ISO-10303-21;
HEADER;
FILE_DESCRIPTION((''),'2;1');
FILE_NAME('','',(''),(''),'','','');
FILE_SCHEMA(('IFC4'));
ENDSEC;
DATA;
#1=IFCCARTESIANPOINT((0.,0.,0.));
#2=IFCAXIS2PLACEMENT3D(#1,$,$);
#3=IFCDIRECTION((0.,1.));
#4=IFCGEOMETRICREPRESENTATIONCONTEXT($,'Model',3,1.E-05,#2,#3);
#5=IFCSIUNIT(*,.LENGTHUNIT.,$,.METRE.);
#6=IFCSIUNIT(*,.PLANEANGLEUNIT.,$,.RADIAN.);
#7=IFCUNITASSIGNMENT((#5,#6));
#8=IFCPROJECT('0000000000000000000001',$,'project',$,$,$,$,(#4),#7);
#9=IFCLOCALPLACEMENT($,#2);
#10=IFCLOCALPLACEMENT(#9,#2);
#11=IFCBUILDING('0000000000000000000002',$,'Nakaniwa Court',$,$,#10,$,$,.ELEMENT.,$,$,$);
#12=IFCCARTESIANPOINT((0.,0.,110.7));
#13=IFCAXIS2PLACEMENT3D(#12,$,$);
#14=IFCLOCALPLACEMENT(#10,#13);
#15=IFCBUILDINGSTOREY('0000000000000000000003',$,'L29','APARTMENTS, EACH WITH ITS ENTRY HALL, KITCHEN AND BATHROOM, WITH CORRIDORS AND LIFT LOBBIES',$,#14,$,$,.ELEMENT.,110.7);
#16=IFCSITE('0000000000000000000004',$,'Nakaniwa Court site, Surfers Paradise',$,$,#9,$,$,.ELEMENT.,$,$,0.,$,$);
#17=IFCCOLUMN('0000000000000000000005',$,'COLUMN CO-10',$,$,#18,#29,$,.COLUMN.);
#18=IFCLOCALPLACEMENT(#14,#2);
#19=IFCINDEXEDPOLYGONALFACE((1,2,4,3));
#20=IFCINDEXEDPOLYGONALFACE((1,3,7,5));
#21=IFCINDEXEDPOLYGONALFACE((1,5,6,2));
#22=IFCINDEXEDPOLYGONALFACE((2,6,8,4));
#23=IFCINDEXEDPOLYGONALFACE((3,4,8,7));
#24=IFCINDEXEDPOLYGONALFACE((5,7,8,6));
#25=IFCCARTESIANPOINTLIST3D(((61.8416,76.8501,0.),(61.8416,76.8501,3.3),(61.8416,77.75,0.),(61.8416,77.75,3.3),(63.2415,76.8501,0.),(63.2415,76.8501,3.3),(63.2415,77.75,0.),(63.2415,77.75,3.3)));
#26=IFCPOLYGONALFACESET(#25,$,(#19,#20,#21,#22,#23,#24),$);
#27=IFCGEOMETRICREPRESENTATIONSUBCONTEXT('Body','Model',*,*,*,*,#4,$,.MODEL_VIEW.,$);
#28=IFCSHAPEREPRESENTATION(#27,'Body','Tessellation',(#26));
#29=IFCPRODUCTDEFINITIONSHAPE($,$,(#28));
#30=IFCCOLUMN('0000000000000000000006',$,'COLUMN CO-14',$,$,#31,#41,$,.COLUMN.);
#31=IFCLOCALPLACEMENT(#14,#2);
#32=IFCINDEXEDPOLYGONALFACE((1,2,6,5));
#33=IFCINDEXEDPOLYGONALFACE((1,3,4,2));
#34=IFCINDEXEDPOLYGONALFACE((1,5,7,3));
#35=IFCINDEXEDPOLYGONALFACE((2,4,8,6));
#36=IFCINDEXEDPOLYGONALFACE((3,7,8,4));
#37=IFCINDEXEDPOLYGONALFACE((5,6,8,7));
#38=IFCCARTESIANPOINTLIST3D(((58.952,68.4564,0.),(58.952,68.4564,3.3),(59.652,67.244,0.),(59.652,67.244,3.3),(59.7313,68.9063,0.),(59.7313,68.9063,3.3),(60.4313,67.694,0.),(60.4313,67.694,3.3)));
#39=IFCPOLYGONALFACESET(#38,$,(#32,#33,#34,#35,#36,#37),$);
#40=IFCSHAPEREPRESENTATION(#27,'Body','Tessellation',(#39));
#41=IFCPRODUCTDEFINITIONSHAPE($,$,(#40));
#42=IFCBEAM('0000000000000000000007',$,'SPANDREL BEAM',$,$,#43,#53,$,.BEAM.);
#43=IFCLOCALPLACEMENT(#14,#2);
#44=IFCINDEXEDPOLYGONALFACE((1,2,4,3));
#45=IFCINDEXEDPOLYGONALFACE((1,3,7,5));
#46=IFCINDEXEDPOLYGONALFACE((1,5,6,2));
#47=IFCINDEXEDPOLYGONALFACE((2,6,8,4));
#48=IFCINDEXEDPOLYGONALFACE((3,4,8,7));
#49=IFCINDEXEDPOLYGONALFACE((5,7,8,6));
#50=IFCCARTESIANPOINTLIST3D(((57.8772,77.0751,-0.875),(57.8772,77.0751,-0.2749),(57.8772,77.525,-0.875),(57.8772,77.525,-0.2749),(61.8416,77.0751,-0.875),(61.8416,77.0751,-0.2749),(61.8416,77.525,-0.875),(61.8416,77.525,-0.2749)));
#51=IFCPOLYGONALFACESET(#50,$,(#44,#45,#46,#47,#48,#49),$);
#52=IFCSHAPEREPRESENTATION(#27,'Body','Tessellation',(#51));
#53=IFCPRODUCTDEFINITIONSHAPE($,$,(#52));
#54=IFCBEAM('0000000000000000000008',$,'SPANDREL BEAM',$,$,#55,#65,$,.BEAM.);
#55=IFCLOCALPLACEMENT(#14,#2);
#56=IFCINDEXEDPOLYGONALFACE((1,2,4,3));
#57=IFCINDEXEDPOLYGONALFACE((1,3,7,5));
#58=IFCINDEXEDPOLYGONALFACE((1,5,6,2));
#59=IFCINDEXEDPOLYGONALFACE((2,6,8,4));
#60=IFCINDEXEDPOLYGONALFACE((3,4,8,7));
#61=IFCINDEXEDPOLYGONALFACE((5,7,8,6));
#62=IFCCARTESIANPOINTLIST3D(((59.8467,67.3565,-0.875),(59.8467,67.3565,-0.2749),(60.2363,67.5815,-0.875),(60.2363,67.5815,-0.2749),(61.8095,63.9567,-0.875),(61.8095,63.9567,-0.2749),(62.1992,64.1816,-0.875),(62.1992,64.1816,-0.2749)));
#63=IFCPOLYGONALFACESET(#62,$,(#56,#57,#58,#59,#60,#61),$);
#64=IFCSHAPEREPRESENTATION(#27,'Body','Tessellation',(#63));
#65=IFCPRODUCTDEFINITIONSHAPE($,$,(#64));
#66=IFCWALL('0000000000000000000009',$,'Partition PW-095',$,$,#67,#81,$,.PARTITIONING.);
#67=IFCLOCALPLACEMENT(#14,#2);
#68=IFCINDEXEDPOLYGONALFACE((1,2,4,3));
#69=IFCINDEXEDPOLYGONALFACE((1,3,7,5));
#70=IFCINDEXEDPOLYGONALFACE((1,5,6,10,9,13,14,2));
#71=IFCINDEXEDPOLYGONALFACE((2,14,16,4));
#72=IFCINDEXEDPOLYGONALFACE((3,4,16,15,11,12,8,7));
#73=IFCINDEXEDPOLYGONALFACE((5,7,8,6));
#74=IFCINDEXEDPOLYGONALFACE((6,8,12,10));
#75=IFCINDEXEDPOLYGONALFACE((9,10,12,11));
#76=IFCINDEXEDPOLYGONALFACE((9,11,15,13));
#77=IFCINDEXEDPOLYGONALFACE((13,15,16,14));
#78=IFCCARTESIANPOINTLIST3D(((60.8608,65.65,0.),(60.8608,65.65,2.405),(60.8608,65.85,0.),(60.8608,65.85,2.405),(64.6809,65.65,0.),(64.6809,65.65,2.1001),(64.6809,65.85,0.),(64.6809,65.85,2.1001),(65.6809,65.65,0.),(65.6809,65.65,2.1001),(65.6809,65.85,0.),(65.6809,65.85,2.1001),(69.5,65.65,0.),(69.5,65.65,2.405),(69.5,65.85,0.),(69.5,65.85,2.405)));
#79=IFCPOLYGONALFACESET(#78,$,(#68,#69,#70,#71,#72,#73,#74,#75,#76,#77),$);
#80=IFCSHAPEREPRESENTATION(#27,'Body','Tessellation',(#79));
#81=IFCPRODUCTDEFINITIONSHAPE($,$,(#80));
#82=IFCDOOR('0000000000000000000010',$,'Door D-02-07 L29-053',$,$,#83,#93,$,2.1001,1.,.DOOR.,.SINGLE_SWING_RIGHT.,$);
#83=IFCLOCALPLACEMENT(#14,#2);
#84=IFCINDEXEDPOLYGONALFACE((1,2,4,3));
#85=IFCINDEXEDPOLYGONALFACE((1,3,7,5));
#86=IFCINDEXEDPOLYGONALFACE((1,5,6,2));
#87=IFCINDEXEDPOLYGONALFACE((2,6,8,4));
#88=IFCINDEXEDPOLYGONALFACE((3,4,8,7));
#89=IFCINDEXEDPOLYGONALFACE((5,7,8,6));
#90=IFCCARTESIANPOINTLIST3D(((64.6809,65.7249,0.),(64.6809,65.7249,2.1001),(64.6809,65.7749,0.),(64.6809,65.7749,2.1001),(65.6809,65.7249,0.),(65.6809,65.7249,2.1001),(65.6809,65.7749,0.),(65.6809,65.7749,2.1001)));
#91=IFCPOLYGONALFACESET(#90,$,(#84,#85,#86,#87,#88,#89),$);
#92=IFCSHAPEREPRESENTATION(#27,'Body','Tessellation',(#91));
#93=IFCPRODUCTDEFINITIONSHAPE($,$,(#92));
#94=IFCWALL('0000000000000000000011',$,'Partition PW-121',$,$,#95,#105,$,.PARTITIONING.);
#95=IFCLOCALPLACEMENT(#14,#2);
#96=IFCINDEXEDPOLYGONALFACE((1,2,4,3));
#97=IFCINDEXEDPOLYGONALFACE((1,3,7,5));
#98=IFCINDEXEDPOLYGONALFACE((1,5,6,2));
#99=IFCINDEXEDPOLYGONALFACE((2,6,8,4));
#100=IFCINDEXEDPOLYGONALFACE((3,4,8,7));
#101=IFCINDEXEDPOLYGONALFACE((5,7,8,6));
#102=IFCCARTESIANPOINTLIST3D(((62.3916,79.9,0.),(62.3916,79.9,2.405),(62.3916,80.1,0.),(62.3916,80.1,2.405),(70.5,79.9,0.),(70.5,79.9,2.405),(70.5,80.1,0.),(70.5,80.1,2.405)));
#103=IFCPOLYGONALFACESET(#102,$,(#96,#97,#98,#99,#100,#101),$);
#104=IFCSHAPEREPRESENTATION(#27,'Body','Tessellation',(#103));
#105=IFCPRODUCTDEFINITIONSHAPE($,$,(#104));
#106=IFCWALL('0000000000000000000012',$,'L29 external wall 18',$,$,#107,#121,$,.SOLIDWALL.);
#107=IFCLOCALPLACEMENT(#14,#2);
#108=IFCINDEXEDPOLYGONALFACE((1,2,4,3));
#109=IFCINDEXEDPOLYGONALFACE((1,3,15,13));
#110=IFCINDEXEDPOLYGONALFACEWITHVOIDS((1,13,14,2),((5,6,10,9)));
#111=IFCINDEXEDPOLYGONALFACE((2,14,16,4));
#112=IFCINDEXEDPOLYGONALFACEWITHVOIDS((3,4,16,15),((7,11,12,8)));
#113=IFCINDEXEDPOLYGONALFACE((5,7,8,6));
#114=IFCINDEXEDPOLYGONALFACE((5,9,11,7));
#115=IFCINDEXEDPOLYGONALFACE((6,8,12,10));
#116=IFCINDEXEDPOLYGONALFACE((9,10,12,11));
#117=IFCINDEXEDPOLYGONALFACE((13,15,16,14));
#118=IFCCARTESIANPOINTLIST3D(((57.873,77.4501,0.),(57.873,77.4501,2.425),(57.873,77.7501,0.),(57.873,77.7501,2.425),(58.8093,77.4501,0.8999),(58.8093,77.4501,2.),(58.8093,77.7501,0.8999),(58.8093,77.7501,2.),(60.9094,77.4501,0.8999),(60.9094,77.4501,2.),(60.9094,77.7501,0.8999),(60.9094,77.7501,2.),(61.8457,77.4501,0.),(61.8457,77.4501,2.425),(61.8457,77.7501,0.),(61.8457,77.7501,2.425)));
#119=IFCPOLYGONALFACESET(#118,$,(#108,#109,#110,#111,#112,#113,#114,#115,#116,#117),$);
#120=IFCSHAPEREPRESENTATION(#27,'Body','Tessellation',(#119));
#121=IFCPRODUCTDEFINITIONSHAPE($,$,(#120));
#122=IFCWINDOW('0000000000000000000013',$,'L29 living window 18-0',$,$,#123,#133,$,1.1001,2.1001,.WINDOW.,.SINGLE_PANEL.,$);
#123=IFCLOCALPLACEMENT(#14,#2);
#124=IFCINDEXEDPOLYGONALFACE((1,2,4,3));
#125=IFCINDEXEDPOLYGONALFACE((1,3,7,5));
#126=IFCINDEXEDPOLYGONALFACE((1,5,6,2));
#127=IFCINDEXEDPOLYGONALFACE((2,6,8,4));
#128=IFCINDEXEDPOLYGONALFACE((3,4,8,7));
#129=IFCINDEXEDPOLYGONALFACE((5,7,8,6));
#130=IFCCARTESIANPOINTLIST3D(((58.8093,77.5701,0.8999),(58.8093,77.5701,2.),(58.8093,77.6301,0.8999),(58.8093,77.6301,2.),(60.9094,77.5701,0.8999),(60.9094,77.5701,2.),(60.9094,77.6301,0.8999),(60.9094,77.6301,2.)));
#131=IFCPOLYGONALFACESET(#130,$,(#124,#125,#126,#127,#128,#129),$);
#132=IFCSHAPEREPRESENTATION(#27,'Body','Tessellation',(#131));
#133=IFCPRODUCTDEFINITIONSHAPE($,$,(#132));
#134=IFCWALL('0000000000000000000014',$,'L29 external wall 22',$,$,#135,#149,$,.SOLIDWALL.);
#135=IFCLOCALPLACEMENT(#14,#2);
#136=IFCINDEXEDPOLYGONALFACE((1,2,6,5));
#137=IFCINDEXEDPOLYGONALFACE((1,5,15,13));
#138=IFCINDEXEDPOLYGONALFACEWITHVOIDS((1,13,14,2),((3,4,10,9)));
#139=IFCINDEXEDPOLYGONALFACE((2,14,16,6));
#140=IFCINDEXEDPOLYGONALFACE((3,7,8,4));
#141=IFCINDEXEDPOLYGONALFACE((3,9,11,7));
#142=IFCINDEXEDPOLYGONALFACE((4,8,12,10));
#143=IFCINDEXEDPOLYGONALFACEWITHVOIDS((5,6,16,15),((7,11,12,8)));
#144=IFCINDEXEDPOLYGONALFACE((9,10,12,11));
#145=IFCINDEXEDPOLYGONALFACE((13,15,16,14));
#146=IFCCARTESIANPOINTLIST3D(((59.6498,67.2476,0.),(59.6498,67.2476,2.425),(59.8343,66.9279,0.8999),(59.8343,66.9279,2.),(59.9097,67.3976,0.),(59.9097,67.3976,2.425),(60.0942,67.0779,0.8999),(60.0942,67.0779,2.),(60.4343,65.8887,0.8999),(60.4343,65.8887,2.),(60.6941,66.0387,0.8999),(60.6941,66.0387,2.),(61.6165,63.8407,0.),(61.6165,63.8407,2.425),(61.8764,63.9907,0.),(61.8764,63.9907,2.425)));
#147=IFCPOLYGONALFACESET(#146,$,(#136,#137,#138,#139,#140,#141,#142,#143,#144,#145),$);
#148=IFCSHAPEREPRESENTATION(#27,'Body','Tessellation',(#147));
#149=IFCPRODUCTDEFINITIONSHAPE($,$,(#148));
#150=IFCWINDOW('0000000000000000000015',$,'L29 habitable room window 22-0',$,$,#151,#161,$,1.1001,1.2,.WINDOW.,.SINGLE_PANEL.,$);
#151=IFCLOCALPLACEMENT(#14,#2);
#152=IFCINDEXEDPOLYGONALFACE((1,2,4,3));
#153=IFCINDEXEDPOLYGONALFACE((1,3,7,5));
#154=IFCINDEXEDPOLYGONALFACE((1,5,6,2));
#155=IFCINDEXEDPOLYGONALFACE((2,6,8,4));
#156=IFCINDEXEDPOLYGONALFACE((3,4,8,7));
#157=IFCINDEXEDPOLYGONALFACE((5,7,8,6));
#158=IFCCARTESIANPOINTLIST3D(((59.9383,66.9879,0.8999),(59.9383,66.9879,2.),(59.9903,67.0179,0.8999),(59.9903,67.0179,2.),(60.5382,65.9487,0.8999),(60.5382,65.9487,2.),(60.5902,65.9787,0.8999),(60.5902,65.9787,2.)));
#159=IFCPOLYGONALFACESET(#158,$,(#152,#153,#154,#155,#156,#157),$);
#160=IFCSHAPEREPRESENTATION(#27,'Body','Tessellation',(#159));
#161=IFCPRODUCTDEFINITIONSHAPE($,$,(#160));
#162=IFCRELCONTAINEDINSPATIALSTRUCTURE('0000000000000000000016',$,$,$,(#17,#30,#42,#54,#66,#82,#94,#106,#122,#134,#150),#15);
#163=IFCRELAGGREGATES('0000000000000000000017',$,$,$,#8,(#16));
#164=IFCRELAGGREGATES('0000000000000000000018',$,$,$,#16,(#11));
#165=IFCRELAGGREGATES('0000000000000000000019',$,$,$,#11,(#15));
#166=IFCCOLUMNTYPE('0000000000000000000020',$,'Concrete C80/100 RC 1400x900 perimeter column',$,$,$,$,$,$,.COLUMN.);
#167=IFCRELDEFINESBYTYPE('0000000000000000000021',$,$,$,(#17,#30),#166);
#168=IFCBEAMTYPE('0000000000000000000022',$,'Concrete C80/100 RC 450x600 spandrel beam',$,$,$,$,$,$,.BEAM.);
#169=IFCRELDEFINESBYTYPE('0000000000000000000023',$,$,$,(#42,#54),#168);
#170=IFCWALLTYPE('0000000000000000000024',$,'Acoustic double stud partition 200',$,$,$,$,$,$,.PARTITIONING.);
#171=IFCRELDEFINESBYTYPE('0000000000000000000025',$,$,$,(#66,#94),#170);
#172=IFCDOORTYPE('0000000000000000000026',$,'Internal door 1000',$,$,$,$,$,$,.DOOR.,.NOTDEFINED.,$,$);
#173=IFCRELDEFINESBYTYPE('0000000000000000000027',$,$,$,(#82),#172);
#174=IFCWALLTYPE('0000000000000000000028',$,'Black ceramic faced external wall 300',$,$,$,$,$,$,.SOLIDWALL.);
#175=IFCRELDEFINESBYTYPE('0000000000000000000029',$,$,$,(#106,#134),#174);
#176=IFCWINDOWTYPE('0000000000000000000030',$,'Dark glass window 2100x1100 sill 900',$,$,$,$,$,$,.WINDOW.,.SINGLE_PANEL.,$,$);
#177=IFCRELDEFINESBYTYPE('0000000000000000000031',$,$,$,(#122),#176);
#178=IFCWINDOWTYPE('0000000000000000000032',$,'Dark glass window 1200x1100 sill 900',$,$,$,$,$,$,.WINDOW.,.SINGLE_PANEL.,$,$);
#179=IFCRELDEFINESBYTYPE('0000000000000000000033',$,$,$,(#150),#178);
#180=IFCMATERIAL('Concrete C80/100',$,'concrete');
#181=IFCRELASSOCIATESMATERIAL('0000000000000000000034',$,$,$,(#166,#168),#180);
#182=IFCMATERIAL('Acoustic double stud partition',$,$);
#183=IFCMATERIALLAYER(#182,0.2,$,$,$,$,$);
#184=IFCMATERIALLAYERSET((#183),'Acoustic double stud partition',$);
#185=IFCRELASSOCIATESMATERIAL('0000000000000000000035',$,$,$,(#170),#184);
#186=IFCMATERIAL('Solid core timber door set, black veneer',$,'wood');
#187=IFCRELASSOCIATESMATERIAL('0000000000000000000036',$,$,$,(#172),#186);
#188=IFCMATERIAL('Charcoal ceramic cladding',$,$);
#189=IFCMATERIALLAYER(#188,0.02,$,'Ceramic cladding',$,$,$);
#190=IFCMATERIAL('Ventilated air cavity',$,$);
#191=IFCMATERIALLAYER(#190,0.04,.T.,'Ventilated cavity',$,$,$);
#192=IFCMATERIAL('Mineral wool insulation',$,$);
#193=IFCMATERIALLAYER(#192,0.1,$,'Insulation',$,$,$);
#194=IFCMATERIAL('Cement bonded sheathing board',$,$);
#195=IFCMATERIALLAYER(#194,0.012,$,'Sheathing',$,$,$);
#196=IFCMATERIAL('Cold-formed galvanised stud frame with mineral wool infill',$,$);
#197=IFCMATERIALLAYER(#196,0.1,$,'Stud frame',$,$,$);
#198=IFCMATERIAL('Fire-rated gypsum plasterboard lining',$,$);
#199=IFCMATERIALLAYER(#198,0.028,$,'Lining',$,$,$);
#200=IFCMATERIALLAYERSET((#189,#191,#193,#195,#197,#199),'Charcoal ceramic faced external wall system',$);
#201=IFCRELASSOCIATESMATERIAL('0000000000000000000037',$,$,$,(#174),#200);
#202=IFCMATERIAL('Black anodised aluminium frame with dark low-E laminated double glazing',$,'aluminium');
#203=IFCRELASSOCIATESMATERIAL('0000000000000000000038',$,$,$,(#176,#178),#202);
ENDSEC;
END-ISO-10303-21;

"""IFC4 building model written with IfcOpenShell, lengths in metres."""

from ifc_helpers import new_model, si_unit, direction, frame, frame_2d, origin, origin_2d, place, context, subcontext, project, spatial, rectangle, extrude, material, layer, layer_set, material_profile, profile_set, type_object, element, fill, save


model = new_model("IFC4")

# Units and contexts
model_context = context("Model", 3, precision=1e-05, world=origin(), true_north=direction((0.0, 1.0)))
body_context = subcontext(model_context, "Body", "Model", "MODEL_VIEW")
ifc_project = project(units=[si_unit("LENGTHUNIT", "METRE"), si_unit("PLANEANGLEUNIT", "RADIAN")], contexts=[model_context])

# Site, building, storey
site_placement = place(None, origin())
site = spatial("IfcSite", under=ifc_project, at=site_placement, Name="Nakaniwa Court site, Surfers Paradise", CompositionType="ELEMENT", RefElevation=0.0)
building_placement = place(site_placement, origin())
building = spatial("IfcBuilding", under=site, at=building_placement, Name="Nakaniwa Court", CompositionType="ELEMENT")
storey_placement = place(building_placement, frame((0.0, 0.0, 110.7)))
storey = spatial("IfcBuildingStorey", under=building, at=storey_placement, Name="L29", Description="APARTMENTS, EACH WITH ITS ENTRY HALL, KITCHEN AND BATHROOM, WITH CORRIDORS AND LIFT LOBBIES", CompositionType="ELEMENT", Elevation=110.7)

# Columns
ifc_material_1 = material(Name="Concrete C80/100", Category="concrete")
ifc_material_profile_1 = material_profile(ifc_material_1, rectangle(XDim=1.3999, YDim=0.8999, at=origin_2d()), Name="Concrete C80/100 RC 1400x900 perimeter column")
ifc_profile_set_1 = profile_set([ifc_material_profile_1], Name="Concrete C80/100")
column_type = type_object("IfcColumnType", Name="Concrete C80/100 RC 1400x900 perimeter column", PredefinedType="COLUMN", material=ifc_profile_set_1)
for number, where, z_axis, x_axis, name in (
    (1, (62.5415, 77.3, 0.0), (0.0, 0.0, 1.0), (-1.0, 0.0, 0.0), "COLUMN CO-10"),
    (2, (59.6917, 68.0752, 0.0), (0.0, 0.0, 1.0), (0.5, -0.866025, 0.0), "COLUMN CO-14"),
):
    element("IfcColumn", number, at=place(storey_placement, frame(where, z_axis=z_axis, x_axis=x_axis)), inside=storey, type_object=column_type, Name=name, PredefinedType="COLUMN", context=body_context, shape_type="SweptSolid", body=[
        extrude(rectangle(XDim=1.3999, YDim=0.8999, at=origin_2d()), origin(), (0.0, 0.0, 1.0), 3.3),
    ])

# Beams
ifc_material_profile_2 = material_profile(ifc_material_1, rectangle(XDim=0.45, YDim=0.6001, at=origin_2d()), Name="Concrete C80/100 RC 450x600 spandrel beam")
ifc_profile_set_2 = profile_set([ifc_material_profile_2], Name="Concrete C80/100")
beam_type = type_object("IfcBeamType", Name="Concrete C80/100 RC 450x600 spandrel beam", PredefinedType="BEAM", material=ifc_profile_set_2)
beam_1_placement = place(storey_placement, frame((61.8416, 77.3, -0.575), z_axis=(-1.0, 0.0, 0.0), x_axis=(0.0, -1.0, 0.0)))
element("IfcBeam", 3, at=beam_1_placement, inside=storey, type_object=beam_type, Name="SPANDREL BEAM", PredefinedType="BEAM", context=body_context, shape_type="SweptSolid", body=[
    extrude(rectangle(XDim=0.45, YDim=0.6001, at=origin_2d()), origin(), (0.0, 0.0, 1.0), 3.9644),
])
beam_2_placement = place(storey_placement, frame((60.0415, 67.469, -0.575), z_axis=(0.499992, -0.86603, 0.0), x_axis=(0.86603, 0.499992, 0.0)))
element("IfcBeam", 4, at=beam_2_placement, inside=storey, type_object=beam_type, Name="SPANDREL BEAM", PredefinedType="BEAM", context=body_context, shape_type="SweptSolid", body=[
    extrude(rectangle(XDim=0.45, YDim=0.6001, at=origin_2d()), origin(), (0.0, 0.0, 1.0), 3.9258),
])

# Wall, opening, door
ifc_material_2 = material(Name="Acoustic double stud partition")
ifc_layer_1 = layer(ifc_material_2, 0.2)
ifc_layer_set_1 = layer_set([ifc_layer_1], Name="Acoustic double stud partition")
wall_type_1 = type_object("IfcWallType", Name="Acoustic double stud partition 200", PredefinedType="PARTITIONING", material=ifc_layer_set_1)
wall_1_placement = place(storey_placement, frame((60.8608, 65.75, 0.0), z_axis=(0.0, 0.0, 1.0), x_axis=(1.0, 0.0, 0.0)))
wall_1 = element("IfcWall", 5, at=wall_1_placement, inside=storey, type_object=wall_type_1, Name="Partition PW-095", PredefinedType="PARTITIONING", context=body_context, shape_type="SweptSolid", body=[
    extrude(rectangle(XDim=8.6392, YDim=0.2, at=frame_2d((4.3196, 0.0))), origin(), (0.0, 0.0, 1.0), 2.405),
])
opening_1_placement = place(wall_1_placement, frame((3.8201, 0.0, 0.0)))
opening_1 = element("IfcOpeningElement", 6, at=opening_1_placement, cuts=wall_1, PredefinedType="OPENING", context=body_context, shape_type="SweptSolid", body=[
    extrude(rectangle(XDim=1.0, YDim=2.1001, at=frame_2d((0.5, 1.05))), frame((0.0, 0.1099, 0.0), z_axis=(0.0, -1.0, 0.0), x_axis=(1.0, 0.0, 0.0)), (0.0, 0.0, 1.0), 0.22),
])
ifc_material_3 = material(Name="Solid core timber door set, black veneer", Category="wood")
door_type_1 = type_object("IfcDoorType", Name="Internal door 1000", OperationType="NOTDEFINED", PredefinedType="DOOR", material=ifc_material_3)
door_1_placement = place(opening_1_placement, origin())
door_1 = element("IfcDoor", 7, at=door_1_placement, inside=storey, type_object=door_type_1, Name="Door D-02-07 L29-053", OperationType="SINGLE_SWING_RIGHT", OverallHeight=2.1001, OverallWidth=1.0, PredefinedType="DOOR", context=body_context, shape_type="SweptSolid", body=[
    extrude(rectangle(XDim=1.0, YDim=2.1001, at=frame_2d((0.5, 1.05))), frame((0.0, 0.0249, 0.0), z_axis=(0.0, -1.0, 0.0), x_axis=(1.0, 0.0, 0.0)), (0.0, 0.0, 1.0), 0.05),
])
fill(opening_1, door_1)

# Wall
wall_2_placement = place(storey_placement, frame((62.3916, 80.0, 0.0), z_axis=(0.0, 0.0, 1.0), x_axis=(1.0, 0.0, 0.0)))
element("IfcWall", 8, at=wall_2_placement, inside=storey, type_object=wall_type_1, Name="Partition PW-121", PredefinedType="PARTITIONING", context=body_context, shape_type="SweptSolid", body=[
    extrude(rectangle(XDim=8.1084, YDim=0.2, at=frame_2d((4.0542, 0.0))), origin(), (0.0, 0.0, 1.0), 2.405),
])

# Walls, openings, windows
ifc_material_4 = material(Name="Charcoal ceramic cladding")
ifc_layer_2 = layer(ifc_material_4, 0.02, Name="Ceramic cladding")
ifc_material_5 = material(Name="Ventilated air cavity")
ifc_layer_3 = layer(ifc_material_5, 0.04, ventilated=True, Name="Ventilated cavity")
ifc_material_6 = material(Name="Mineral wool insulation")
ifc_layer_4 = layer(ifc_material_6, 0.1, Name="Insulation")
ifc_material_7 = material(Name="Cement bonded sheathing board")
ifc_layer_5 = layer(ifc_material_7, 0.012, Name="Sheathing")
ifc_material_8 = material(Name="Cold-formed galvanised stud frame with mineral wool infill")
ifc_layer_6 = layer(ifc_material_8, 0.1, Name="Stud frame")
ifc_material_9 = material(Name="Fire-rated gypsum plasterboard lining")
ifc_layer_7 = layer(ifc_material_9, 0.028, Name="Lining")
ifc_layer_set_2 = layer_set([ifc_layer_2, ifc_layer_3, ifc_layer_4, ifc_layer_5, ifc_layer_6, ifc_layer_7], Name="Charcoal ceramic faced external wall system")
wall_type_2 = type_object("IfcWallType", Name="Black ceramic faced external wall 300", PredefinedType="SOLIDWALL", material=ifc_layer_set_2)
wall_3_placement = place(storey_placement, frame((61.8457, 77.6001, 0.0), z_axis=(0.0, 0.0, 1.0), x_axis=(-1.0, 0.0, 0.0)))
wall_3 = element("IfcWall", 9, at=wall_3_placement, inside=storey, type_object=wall_type_2, Name="L29 external wall 18", PredefinedType="SOLIDWALL", context=body_context, shape_type="SweptSolid", body=[
    extrude(rectangle(XDim=3.9727, YDim=0.3, at=frame_2d((1.9863, 0.0))), origin(), (0.0, 0.0, 1.0), 2.425),
])
opening_2_placement = place(wall_3_placement, frame((0.9363, 0.0, 0.8999)))
opening_2 = element("IfcOpeningElement", 10, at=opening_2_placement, cuts=wall_3, PredefinedType="OPENING", context=body_context, shape_type="SweptSolid", body=[
    extrude(rectangle(XDim=2.1001, YDim=1.1001, at=frame_2d((1.05, 0.55))), frame((0.0, 0.1599, 0.0), z_axis=(0.0, -1.0, 0.0), x_axis=(1.0, 0.0, 0.0)), (0.0, 0.0, 1.0), 0.3201),
])
ifc_material_10 = material(Name="Black anodised aluminium frame with dark low-E laminated double glazing", Category="aluminium")
window_type_1 = type_object("IfcWindowType", Name="Dark glass window 2100x1100 sill 900", PartitioningType="SINGLE_PANEL", PredefinedType="WINDOW", material=ifc_material_10)
window_1_placement = place(opening_2_placement, origin())
window_1 = element("IfcWindow", 11, at=window_1_placement, inside=storey, type_object=window_type_1, Name="L29 living window 18-0", OverallHeight=1.1001, OverallWidth=2.1001, PartitioningType="SINGLE_PANEL", PredefinedType="WINDOW", context=body_context, shape_type="SweptSolid", body=[
    extrude(rectangle(XDim=2.1001, YDim=1.1001, at=frame_2d((1.05, 0.55))), frame((0.0, 0.03, 0.0), z_axis=(0.0, -1.0, 0.0), x_axis=(1.0, 0.0, 0.0)), (0.0, 0.0, 1.0), 0.0601),
])
fill(opening_2, window_1)
wall_4_placement = place(storey_placement, frame((59.7798, 67.3225, 0.0), z_axis=(0.0, 0.0, 1.0), x_axis=(0.499957, -0.86605, 0.0)))
wall_4 = element("IfcWall", 12, at=wall_4_placement, inside=storey, type_object=wall_type_2, Name="L29 external wall 22", PredefinedType="SOLIDWALL", context=body_context, shape_type="SweptSolid", body=[
    extrude(rectangle(XDim=3.9338, YDim=0.3, at=frame_2d((1.9668, 0.0))), origin(), (0.0, 0.0, 1.0), 2.425),
])
opening_3_placement = place(wall_4_placement, frame((0.3689, 0.0, 0.8999)))
opening_3 = element("IfcOpeningElement", 13, at=opening_3_placement, cuts=wall_4, PredefinedType="OPENING", context=body_context, shape_type="SweptSolid", body=[
    extrude(rectangle(XDim=1.2, YDim=1.1001, at=frame_2d((0.6001, 0.55))), frame((0.0, 0.1599, 0.0), z_axis=(0.0, -1.0, 0.0), x_axis=(1.0, 0.0, 0.0)), (0.0, 0.0, 1.0), 0.3201),
])
window_type_2 = type_object("IfcWindowType", Name="Dark glass window 1200x1100 sill 900", PartitioningType="SINGLE_PANEL", PredefinedType="WINDOW", material=ifc_material_10)
window_2_placement = place(opening_3_placement, origin())
window_2 = element("IfcWindow", 14, at=window_2_placement, inside=storey, type_object=window_type_2, Name="L29 habitable room window 22-0", OverallHeight=1.1001, OverallWidth=1.2, PartitioningType="SINGLE_PANEL", PredefinedType="WINDOW", context=body_context, shape_type="SweptSolid", body=[
    extrude(rectangle(XDim=1.2, YDim=1.1001, at=frame_2d((0.6001, 0.55))), frame((0.0, 0.03, 0.0), z_axis=(0.0, -1.0, 0.0), x_axis=(1.0, 0.0, 0.0)), (0.0, 0.0, 1.0), 0.0601),
])
fill(opening_3, window_2)

save(model, "model.ifc")
